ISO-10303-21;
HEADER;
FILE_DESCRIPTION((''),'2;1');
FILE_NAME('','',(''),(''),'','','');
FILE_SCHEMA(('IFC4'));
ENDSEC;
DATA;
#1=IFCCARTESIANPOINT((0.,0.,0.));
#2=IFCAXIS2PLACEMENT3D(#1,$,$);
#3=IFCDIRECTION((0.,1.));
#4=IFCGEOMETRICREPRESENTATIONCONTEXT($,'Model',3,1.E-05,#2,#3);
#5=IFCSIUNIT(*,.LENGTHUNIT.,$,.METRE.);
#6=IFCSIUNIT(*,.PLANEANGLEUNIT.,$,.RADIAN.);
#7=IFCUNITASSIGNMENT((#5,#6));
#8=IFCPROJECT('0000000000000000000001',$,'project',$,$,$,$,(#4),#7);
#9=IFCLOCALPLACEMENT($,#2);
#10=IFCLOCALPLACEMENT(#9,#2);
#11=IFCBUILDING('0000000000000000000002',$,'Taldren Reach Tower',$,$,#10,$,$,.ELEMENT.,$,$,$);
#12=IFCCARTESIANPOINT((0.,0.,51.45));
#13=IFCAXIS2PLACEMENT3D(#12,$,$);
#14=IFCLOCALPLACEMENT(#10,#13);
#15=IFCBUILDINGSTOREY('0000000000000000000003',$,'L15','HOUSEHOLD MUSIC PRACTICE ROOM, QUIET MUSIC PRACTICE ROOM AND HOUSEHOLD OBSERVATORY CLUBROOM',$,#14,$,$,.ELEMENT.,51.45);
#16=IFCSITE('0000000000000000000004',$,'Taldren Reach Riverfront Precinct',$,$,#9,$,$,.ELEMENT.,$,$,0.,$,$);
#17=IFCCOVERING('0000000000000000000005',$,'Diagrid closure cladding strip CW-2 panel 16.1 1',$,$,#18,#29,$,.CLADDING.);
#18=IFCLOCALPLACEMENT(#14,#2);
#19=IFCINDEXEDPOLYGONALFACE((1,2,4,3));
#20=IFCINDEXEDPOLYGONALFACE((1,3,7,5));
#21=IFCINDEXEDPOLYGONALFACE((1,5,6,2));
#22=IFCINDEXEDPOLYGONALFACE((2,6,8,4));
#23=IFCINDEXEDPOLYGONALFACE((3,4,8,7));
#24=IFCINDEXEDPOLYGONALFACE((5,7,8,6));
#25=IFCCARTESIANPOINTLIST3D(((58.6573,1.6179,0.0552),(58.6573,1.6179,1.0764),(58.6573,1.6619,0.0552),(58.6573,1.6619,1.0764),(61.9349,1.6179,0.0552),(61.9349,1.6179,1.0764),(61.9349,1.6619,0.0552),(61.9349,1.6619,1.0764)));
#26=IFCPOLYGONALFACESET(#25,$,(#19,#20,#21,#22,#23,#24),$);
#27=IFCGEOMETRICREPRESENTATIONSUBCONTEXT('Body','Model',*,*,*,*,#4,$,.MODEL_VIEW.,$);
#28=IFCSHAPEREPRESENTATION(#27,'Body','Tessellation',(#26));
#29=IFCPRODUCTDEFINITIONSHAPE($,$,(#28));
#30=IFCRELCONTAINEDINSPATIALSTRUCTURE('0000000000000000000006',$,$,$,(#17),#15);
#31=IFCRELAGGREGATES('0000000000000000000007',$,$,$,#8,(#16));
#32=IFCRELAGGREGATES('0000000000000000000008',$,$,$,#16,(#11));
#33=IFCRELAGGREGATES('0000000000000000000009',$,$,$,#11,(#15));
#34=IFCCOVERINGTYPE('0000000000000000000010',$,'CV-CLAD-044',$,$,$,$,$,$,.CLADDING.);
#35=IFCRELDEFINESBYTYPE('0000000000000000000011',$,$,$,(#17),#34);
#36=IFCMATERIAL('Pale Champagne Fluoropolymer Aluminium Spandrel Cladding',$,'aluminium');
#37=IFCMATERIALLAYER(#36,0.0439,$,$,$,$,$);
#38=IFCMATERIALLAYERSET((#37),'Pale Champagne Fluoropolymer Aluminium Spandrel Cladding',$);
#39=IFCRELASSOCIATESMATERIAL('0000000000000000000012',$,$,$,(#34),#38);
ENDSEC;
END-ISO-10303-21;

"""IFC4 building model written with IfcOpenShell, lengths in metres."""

from ifc_helpers import new_model, si_unit, direction, frame, origin, origin_2d, place, context, subcontext, project, spatial, rectangle, extrude, source, transform, mapped, material, layer, layer_set, type_object, element, save


model = new_model("IFC4")

# Units and contexts
model_context = context("Model", 3, precision=1e-05, world=origin(), true_north=direction((0.0, 1.0)))
body_context = subcontext(model_context, "Body", "Model", "MODEL_VIEW")
ifc_project = project(units=[si_unit("LENGTHUNIT", "METRE"), si_unit("PLANEANGLEUNIT", "RADIAN")], contexts=[model_context])

# Site, building, storey
site_placement = place(None, origin())
site = spatial("IfcSite", under=ifc_project, at=site_placement, Name="Taldren Reach Riverfront Precinct", CompositionType="ELEMENT", RefElevation=0.0)
building_placement = place(site_placement, origin())
building = spatial("IfcBuilding", under=site, at=building_placement, Name="Taldren Reach Tower", CompositionType="ELEMENT")
storey_placement = place(building_placement, frame((0.0, 0.0, 51.45)))
storey = spatial("IfcBuildingStorey", under=building, at=storey_placement, Name="L15", Description="HOUSEHOLD MUSIC PRACTICE ROOM, QUIET MUSIC PRACTICE ROOM AND HOUSEHOLD OBSERVATORY CLUBROOM", CompositionType="ELEMENT", Elevation=51.45)

# Covering
ifc_material_1 = material(Name="Pale Champagne Fluoropolymer Aluminium Spandrel Cladding", Category="aluminium")
ifc_layer_1 = layer(ifc_material_1, 0.0439)
ifc_layer_set_1 = layer_set([ifc_layer_1], Name="Pale Champagne Fluoropolymer Aluminium Spandrel Cladding")
covering_type = type_object("IfcCoveringType", Name="CV-CLAD-044", PredefinedType="CLADDING", material=ifc_layer_set_1)
shared_shape_1 = source(origin(), body_context, "Body", "SweptSolid", [
    extrude(rectangle(XDim=3.2776, YDim=0.0439, at=origin_2d()), origin(), (0.0, 0.0, 1.0), 1.0212),
])
covering_1_placement = place(storey_placement, frame((60.2961, 1.6399, 0.0552), z_axis=(0.0, 0.0, 1.0), x_axis=(1.0, 0.0, 0.0)))
element("IfcCovering", 1, at=covering_1_placement, inside=storey, type_object=covering_type, Name="Diagrid closure cladding strip CW-2 panel 16.1 1", PredefinedType="CLADDING", context=body_context, shape_type="MappedRepresentation", body=[
    mapped(shared_shape_1, transform((0.0, 0.0, 0.0), scale=1.0)),
])

save(model, "model.ifc")
